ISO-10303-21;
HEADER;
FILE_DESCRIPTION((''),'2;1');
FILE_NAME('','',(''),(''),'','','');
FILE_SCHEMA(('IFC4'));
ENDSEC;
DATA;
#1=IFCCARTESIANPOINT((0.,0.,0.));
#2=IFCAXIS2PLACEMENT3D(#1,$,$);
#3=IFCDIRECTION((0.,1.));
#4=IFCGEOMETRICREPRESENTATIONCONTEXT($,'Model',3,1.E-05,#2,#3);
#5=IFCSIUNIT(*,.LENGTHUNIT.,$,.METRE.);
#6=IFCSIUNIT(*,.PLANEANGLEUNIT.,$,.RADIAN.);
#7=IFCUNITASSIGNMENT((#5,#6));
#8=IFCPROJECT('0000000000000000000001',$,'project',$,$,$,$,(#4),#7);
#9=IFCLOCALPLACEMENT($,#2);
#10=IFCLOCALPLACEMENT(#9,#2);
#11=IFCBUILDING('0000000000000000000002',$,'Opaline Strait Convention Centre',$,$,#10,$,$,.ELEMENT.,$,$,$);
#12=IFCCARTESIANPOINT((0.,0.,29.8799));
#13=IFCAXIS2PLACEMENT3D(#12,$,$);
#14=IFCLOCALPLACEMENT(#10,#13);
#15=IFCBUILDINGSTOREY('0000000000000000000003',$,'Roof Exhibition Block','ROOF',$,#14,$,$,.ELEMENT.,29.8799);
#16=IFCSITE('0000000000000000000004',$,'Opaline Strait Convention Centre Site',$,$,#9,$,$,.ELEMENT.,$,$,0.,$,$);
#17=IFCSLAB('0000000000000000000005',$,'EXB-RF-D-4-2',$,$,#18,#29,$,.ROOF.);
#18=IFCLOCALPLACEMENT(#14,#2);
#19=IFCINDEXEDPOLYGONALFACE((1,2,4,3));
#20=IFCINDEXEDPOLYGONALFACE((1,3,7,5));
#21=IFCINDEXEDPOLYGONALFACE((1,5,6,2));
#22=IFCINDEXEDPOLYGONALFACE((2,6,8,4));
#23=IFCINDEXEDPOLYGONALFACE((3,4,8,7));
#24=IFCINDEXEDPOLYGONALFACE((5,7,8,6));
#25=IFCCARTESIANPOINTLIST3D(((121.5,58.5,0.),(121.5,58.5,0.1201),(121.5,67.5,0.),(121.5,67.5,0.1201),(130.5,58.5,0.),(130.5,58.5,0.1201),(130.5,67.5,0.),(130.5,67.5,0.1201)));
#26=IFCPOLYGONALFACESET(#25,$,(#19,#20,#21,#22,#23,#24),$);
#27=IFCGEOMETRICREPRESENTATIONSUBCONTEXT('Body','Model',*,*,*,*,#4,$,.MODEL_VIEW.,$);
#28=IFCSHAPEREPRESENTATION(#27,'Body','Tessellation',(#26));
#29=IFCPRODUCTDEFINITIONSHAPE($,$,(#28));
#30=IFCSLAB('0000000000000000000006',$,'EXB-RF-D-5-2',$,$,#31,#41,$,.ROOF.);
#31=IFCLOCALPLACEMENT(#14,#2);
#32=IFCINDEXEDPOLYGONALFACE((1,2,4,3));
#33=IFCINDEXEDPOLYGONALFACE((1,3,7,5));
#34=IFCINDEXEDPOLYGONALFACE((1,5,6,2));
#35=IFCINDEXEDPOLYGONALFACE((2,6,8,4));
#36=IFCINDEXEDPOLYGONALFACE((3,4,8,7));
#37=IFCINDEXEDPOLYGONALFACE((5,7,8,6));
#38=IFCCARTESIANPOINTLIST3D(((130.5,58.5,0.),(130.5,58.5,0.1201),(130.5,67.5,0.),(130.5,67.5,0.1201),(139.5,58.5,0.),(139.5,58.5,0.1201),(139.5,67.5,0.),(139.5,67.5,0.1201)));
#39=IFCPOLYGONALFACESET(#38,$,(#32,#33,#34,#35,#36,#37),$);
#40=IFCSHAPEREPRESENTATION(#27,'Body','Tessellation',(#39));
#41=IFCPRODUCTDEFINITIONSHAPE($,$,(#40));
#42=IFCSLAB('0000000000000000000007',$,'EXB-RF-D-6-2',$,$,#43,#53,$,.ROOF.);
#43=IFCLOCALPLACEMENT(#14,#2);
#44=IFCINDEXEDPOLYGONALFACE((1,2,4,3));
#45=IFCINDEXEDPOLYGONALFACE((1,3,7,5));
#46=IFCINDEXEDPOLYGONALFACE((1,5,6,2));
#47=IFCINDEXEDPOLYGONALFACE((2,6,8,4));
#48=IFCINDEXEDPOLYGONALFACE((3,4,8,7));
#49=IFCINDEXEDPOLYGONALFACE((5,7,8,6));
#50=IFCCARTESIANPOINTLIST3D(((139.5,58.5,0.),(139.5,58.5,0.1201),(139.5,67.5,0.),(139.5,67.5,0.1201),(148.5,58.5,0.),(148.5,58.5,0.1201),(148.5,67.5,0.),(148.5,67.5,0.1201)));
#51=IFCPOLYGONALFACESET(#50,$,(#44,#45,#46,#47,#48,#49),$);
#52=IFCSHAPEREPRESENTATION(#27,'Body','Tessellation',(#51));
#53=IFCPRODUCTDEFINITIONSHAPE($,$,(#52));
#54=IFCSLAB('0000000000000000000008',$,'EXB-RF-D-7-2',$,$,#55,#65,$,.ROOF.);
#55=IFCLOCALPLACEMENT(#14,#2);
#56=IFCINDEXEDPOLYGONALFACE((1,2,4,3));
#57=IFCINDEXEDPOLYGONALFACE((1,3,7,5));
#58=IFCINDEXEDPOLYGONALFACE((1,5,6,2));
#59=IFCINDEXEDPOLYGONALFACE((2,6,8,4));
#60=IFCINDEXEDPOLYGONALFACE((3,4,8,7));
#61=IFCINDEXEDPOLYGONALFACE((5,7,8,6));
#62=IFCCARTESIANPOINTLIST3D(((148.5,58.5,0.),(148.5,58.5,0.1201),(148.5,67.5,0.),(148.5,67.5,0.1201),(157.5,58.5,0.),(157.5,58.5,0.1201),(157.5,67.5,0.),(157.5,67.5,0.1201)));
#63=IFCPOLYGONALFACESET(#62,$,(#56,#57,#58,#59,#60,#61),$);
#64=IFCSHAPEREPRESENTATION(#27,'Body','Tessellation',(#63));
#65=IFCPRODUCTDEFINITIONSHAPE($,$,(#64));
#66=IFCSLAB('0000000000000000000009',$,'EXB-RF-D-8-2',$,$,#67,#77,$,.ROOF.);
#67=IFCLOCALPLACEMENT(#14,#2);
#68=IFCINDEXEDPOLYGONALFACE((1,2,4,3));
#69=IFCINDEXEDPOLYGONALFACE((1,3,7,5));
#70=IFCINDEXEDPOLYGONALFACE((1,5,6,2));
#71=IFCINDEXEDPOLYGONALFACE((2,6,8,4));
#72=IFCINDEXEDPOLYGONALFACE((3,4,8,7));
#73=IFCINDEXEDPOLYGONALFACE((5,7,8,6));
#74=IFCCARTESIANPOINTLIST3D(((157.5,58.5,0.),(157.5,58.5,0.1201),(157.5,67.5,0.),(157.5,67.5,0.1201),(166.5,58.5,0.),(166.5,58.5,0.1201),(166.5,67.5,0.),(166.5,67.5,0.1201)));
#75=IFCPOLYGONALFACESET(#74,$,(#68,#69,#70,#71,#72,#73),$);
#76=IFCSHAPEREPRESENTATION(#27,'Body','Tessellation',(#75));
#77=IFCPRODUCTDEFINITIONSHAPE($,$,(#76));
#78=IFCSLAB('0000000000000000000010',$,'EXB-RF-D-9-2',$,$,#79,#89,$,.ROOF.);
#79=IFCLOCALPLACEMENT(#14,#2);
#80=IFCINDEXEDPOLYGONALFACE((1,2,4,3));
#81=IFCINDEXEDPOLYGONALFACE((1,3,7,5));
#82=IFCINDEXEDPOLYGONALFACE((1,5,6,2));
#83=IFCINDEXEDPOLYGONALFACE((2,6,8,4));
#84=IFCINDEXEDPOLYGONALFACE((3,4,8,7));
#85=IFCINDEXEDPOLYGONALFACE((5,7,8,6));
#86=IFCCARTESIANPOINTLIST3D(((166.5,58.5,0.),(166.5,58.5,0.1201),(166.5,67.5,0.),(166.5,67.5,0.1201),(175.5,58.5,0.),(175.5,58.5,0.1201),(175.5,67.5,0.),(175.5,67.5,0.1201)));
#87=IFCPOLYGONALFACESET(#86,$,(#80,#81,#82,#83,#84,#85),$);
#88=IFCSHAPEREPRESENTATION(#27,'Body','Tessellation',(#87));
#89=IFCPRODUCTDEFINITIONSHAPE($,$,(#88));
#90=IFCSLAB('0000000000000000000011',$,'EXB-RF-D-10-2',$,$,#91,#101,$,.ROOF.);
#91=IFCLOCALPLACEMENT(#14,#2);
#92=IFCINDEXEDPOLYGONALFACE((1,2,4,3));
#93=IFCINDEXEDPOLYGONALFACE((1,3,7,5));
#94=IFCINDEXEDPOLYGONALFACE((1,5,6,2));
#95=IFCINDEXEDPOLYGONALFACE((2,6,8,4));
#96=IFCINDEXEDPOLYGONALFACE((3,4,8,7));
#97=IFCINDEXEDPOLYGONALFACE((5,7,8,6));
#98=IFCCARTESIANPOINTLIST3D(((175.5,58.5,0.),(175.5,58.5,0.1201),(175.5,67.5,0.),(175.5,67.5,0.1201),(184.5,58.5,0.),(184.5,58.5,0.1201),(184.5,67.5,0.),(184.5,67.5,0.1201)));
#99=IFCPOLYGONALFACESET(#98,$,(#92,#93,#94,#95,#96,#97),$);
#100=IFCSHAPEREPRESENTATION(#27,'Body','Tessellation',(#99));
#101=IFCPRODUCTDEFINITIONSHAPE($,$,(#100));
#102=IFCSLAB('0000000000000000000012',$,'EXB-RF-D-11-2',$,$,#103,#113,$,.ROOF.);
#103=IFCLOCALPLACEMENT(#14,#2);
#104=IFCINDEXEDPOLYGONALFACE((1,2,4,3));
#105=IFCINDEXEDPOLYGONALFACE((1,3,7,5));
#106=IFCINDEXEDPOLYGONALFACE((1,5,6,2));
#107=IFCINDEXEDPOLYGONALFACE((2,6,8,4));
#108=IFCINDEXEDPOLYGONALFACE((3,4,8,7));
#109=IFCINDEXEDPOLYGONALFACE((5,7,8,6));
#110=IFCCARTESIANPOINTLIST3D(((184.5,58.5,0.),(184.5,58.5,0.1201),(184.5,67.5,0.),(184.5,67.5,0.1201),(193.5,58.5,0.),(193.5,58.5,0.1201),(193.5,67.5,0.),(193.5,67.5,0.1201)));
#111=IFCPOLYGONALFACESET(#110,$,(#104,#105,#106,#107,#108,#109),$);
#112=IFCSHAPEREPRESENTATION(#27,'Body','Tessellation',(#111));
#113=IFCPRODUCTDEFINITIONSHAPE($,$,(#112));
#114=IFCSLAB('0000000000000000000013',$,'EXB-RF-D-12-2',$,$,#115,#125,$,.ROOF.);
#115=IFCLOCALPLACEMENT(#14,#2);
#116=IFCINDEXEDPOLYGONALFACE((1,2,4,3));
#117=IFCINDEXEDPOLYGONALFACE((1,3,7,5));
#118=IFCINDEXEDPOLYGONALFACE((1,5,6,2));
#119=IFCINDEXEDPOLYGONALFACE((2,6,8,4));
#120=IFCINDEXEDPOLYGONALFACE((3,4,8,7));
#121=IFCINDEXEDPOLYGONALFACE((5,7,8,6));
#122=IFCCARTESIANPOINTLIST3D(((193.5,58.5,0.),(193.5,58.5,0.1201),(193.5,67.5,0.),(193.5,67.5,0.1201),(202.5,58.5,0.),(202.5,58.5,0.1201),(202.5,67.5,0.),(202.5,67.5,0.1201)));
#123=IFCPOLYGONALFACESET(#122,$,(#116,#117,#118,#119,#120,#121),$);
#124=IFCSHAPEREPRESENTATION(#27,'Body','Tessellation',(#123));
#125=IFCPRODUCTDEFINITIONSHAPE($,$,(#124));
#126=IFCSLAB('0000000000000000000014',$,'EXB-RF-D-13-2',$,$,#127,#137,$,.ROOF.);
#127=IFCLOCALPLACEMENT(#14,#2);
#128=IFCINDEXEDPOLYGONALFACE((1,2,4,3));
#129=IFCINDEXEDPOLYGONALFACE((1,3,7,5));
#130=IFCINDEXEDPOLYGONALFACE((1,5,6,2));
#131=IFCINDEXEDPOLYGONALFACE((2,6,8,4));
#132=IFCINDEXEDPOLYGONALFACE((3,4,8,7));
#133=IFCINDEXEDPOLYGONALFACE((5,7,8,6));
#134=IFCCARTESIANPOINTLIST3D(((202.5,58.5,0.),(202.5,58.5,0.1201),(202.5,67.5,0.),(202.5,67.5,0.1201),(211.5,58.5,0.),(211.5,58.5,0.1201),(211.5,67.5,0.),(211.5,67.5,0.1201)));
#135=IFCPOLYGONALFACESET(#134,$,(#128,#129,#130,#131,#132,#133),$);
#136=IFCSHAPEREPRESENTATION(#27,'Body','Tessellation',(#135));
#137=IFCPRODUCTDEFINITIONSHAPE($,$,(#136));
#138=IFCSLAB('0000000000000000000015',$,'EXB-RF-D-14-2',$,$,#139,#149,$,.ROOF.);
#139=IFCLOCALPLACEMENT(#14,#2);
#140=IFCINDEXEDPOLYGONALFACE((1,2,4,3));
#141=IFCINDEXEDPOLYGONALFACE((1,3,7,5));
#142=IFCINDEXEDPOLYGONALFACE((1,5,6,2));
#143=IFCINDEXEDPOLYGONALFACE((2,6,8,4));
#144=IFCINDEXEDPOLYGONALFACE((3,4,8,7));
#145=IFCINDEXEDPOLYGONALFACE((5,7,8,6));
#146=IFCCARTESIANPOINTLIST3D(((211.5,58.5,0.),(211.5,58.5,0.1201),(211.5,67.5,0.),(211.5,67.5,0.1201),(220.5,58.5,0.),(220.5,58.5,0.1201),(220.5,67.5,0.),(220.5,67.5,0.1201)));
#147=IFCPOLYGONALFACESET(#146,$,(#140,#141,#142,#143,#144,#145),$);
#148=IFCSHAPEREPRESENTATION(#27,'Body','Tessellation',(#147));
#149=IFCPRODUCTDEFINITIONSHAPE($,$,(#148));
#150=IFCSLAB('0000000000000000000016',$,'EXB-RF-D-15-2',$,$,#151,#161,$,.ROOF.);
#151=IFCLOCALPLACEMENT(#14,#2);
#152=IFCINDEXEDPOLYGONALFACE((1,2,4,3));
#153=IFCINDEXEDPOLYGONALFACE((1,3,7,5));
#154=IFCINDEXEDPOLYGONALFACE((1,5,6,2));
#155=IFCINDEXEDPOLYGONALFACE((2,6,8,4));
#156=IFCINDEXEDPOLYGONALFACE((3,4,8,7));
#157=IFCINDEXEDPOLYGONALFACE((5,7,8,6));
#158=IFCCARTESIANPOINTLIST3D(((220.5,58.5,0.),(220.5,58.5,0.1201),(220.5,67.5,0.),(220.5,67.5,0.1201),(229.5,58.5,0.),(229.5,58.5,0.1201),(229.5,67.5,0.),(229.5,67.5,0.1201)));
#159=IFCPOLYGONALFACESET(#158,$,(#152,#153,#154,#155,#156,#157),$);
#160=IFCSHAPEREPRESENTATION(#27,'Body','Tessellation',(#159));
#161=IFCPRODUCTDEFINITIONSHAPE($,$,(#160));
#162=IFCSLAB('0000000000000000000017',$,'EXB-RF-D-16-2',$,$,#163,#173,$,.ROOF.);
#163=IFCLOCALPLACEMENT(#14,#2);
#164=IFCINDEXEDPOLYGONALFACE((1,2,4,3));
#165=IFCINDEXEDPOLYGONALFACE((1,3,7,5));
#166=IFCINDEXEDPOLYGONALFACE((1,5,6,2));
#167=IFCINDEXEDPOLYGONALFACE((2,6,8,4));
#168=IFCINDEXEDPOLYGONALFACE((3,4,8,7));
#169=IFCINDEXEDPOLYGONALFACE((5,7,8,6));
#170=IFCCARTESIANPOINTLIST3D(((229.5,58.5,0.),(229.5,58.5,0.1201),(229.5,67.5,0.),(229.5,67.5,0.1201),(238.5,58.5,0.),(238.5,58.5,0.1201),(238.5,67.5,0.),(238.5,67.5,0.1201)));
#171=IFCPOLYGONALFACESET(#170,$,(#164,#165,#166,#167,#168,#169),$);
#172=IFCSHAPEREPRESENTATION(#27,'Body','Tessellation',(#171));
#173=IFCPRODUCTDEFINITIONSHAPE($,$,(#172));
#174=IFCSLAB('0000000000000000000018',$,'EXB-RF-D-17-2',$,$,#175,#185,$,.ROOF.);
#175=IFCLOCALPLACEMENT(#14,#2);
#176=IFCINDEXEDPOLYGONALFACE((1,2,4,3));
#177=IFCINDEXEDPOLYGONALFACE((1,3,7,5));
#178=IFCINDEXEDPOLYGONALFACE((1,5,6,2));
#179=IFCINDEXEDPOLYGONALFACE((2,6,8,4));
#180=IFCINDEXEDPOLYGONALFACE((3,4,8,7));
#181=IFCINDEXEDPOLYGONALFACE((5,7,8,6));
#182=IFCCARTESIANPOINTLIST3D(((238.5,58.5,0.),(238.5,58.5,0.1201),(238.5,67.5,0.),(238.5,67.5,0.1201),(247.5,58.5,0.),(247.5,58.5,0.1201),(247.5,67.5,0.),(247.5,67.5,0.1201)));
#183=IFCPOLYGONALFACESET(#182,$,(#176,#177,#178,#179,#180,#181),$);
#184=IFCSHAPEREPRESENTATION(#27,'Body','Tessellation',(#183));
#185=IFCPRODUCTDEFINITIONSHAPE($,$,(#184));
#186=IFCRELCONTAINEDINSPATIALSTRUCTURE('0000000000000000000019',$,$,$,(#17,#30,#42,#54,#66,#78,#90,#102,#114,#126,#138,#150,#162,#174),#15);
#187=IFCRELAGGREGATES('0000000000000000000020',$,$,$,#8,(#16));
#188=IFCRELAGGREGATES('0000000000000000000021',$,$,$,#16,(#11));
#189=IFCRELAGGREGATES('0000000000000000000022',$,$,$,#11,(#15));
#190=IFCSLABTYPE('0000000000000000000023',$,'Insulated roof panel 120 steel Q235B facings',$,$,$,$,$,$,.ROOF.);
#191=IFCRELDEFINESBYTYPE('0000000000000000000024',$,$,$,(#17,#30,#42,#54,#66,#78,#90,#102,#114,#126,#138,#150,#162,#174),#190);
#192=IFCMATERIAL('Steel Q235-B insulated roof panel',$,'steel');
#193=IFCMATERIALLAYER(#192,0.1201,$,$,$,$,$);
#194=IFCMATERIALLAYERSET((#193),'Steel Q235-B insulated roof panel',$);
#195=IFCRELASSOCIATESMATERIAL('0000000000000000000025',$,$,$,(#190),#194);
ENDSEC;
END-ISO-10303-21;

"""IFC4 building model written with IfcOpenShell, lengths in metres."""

from ifc_helpers import new_model, si_unit, direction, frame, origin, place, context, subcontext, project, spatial, polyline, outline, extrude, material, layer, layer_set, type_object, element, save


model = new_model("IFC4")

# Units and contexts
model_context = context("Model", 3, precision=1e-05, world=origin(), true_north=direction((0.0, 1.0)))
body_context = subcontext(model_context, "Body", "Model", "MODEL_VIEW")
ifc_project = project(units=[si_unit("LENGTHUNIT", "METRE"), si_unit("PLANEANGLEUNIT", "RADIAN")], contexts=[model_context])

# Site, building, storey
site_placement = place(None, origin())
site = spatial("IfcSite", under=ifc_project, at=site_placement, Name="Opaline Strait Convention Centre Site", CompositionType="ELEMENT", RefElevation=0.0)
building_placement = place(site_placement, origin())
building = spatial("IfcBuilding", under=site, at=building_placement, Name="Opaline Strait Convention Centre", CompositionType="ELEMENT")
storey_placement = place(building_placement, frame((0.0, 0.0, 29.8799)))
storey = spatial("IfcBuildingStorey", under=building, at=storey_placement, Name="Roof Exhibition Block", Description="ROOF", CompositionType="ELEMENT", Elevation=29.8799)

# Slabs
ifc_material = material(Name="Steel Q235-B insulated roof panel", Category="steel")
ifc_layer = layer(ifc_material, 0.1201)
ifc_layer_set = layer_set([ifc_layer], Name="Steel Q235-B insulated roof panel")
slab_type = type_object("IfcSlabType", Name="Insulated roof panel 120 steel Q235B facings", PredefinedType="ROOF", material=ifc_layer_set)
slab_1_placement = place(storey_placement, origin())
element("IfcSlab", 1, at=slab_1_placement, inside=storey, type_object=slab_type, Name="EXB-RF-D-4-2", PredefinedType="ROOF", context=body_context, shape_type="SweptSolid", body=[
    extrude(outline(polyline([(121.5, 58.5), (130.5, 58.5), (130.5, 67.5), (121.5, 67.5), (121.5, 58.5)])), origin(), (0.0, 0.0, 1.0), 0.1201),
])
slab_2_placement = place(storey_placement, origin())
element("IfcSlab", 2, at=slab_2_placement, inside=storey, type_object=slab_type, Name="EXB-RF-D-5-2", PredefinedType="ROOF", context=body_context, shape_type="SweptSolid", body=[
    extrude(outline(polyline([(130.5, 58.5), (139.5, 58.5), (139.5, 67.5), (130.5, 67.5), (130.5, 58.5)])), origin(), (0.0, 0.0, 1.0), 0.1201),
])
slab_3_placement = place(storey_placement, origin())
element("IfcSlab", 3, at=slab_3_placement, inside=storey, type_object=slab_type, Name="EXB-RF-D-6-2", PredefinedType="ROOF", context=body_context, shape_type="SweptSolid", body=[
    extrude(outline(polyline([(139.5, 58.5), (148.5, 58.5), (148.5, 67.5), (139.5, 67.5), (139.5, 58.5)])), origin(), (0.0, 0.0, 1.0), 0.1201),
])
slab_4_placement = place(storey_placement, origin())
element("IfcSlab", 4, at=slab_4_placement, inside=storey, type_object=slab_type, Name="EXB-RF-D-7-2", PredefinedType="ROOF", context=body_context, shape_type="SweptSolid", body=[
    extrude(outline(polyline([(148.5, 58.5), (157.5, 58.5), (157.5, 67.5), (148.5, 67.5), (148.5, 58.5)])), origin(), (0.0, 0.0, 1.0), 0.1201),
])
slab_5_placement = place(storey_placement, origin())
element("IfcSlab", 5, at=slab_5_placement, inside=storey, type_object=slab_type, Name="EXB-RF-D-8-2", PredefinedType="ROOF", context=body_context, shape_type="SweptSolid", body=[
    extrude(outline(polyline([(157.5, 58.5), (166.5, 58.5), (166.5, 67.5), (157.5, 67.5), (157.5, 58.5)])), origin(), (0.0, 0.0, 1.0), 0.1201),
])
slab_6_placement = place(storey_placement, origin())
element("IfcSlab", 6, at=slab_6_placement, inside=storey, type_object=slab_type, Name="EXB-RF-D-9-2", PredefinedType="ROOF", context=body_context, shape_type="SweptSolid", body=[
    extrude(outline(polyline([(166.5, 58.5), (175.5, 58.5), (175.5, 67.5), (166.5, 67.5), (166.5, 58.5)])), origin(), (0.0, 0.0, 1.0), 0.1201),
])
slab_7_placement = place(storey_placement, origin())
element("IfcSlab", 7, at=slab_7_placement, inside=storey, type_object=slab_type, Name="EXB-RF-D-10-2", PredefinedType="ROOF", context=body_context, shape_type="SweptSolid", body=[
    extrude(outline(polyline([(175.5, 58.5), (184.5, 58.5), (184.5, 67.5), (175.5, 67.5), (175.5, 58.5)])), origin(), (0.0, 0.0, 1.0), 0.1201),
])
slab_8_placement = place(storey_placement, origin())
element("IfcSlab", 8, at=slab_8_placement, inside=storey, type_object=slab_type, Name="EXB-RF-D-11-2", PredefinedType="ROOF", context=body_context, shape_type="SweptSolid", body=[
    extrude(outline(polyline([(184.5, 58.5), (193.5, 58.5), (193.5, 67.5), (184.5, 67.5), (184.5, 58.5)])), origin(), (0.0, 0.0, 1.0), 0.1201),
])
slab_9_placement = place(storey_placement, origin())
element("IfcSlab", 9, at=slab_9_placement, inside=storey, type_object=slab_type, Name="EXB-RF-D-12-2", PredefinedType="ROOF", context=body_context, shape_type="SweptSolid", body=[
    extrude(outline(polyline([(193.5, 58.5), (202.5, 58.5), (202.5, 67.5), (193.5, 67.5), (193.5, 58.5)])), origin(), (0.0, 0.0, 1.0), 0.1201),
])
slab_10_placement = place(storey_placement, origin())
element("IfcSlab", 10, at=slab_10_placement, inside=storey, type_object=slab_type, Name="EXB-RF-D-13-2", PredefinedType="ROOF", context=body_context, shape_type="SweptSolid", body=[
    extrude(outline(polyline([(202.5, 58.5), (211.5, 58.5), (211.5, 67.5), (202.5, 67.5), (202.5, 58.5)])), origin(), (0.0, 0.0, 1.0), 0.1201),
])
slab_11_placement = place(storey_placement, origin())
element("IfcSlab", 11, at=slab_11_placement, inside=storey, type_object=slab_type, Name="EXB-RF-D-14-2", PredefinedType="ROOF", context=body_context, shape_type="SweptSolid", body=[
    extrude(outline(polyline([(211.5, 58.5), (220.5, 58.5), (220.5, 67.5), (211.5, 67.5), (211.5, 58.5)])), origin(), (0.0, 0.0, 1.0), 0.1201),
])
slab_12_placement = place(storey_placement, origin())
element("IfcSlab", 12, at=slab_12_placement, inside=storey, type_object=slab_type, Name="EXB-RF-D-15-2", PredefinedType="ROOF", context=body_context, shape_type="SweptSolid", body=[
    extrude(outline(polyline([(220.5, 58.5), (229.5, 58.5), (229.5, 67.5), (220.5, 67.5), (220.5, 58.5)])), origin(), (0.0, 0.0, 1.0), 0.1201),
])
slab_13_placement = place(storey_placement, origin())
element("IfcSlab", 13, at=slab_13_placement, inside=storey, type_object=slab_type, Name="EXB-RF-D-16-2", PredefinedType="ROOF", context=body_context, shape_type="SweptSolid", body=[
    extrude(outline(polyline([(229.5, 58.5), (238.5, 58.5), (238.5, 67.5), (229.5, 67.5), (229.5, 58.5)])), origin(), (0.0, 0.0, 1.0), 0.1201),
])
slab_14_placement = place(storey_placement, origin())
element("IfcSlab", 14, at=slab_14_placement, inside=storey, type_object=slab_type, Name="EXB-RF-D-17-2", PredefinedType="ROOF", context=body_context, shape_type="SweptSolid", body=[
    extrude(outline(polyline([(238.5, 58.5), (247.5, 58.5), (247.5, 67.5), (238.5, 67.5), (238.5, 58.5)])), origin(), (0.0, 0.0, 1.0), 0.1201),
])

save(model, "model.ifc")
